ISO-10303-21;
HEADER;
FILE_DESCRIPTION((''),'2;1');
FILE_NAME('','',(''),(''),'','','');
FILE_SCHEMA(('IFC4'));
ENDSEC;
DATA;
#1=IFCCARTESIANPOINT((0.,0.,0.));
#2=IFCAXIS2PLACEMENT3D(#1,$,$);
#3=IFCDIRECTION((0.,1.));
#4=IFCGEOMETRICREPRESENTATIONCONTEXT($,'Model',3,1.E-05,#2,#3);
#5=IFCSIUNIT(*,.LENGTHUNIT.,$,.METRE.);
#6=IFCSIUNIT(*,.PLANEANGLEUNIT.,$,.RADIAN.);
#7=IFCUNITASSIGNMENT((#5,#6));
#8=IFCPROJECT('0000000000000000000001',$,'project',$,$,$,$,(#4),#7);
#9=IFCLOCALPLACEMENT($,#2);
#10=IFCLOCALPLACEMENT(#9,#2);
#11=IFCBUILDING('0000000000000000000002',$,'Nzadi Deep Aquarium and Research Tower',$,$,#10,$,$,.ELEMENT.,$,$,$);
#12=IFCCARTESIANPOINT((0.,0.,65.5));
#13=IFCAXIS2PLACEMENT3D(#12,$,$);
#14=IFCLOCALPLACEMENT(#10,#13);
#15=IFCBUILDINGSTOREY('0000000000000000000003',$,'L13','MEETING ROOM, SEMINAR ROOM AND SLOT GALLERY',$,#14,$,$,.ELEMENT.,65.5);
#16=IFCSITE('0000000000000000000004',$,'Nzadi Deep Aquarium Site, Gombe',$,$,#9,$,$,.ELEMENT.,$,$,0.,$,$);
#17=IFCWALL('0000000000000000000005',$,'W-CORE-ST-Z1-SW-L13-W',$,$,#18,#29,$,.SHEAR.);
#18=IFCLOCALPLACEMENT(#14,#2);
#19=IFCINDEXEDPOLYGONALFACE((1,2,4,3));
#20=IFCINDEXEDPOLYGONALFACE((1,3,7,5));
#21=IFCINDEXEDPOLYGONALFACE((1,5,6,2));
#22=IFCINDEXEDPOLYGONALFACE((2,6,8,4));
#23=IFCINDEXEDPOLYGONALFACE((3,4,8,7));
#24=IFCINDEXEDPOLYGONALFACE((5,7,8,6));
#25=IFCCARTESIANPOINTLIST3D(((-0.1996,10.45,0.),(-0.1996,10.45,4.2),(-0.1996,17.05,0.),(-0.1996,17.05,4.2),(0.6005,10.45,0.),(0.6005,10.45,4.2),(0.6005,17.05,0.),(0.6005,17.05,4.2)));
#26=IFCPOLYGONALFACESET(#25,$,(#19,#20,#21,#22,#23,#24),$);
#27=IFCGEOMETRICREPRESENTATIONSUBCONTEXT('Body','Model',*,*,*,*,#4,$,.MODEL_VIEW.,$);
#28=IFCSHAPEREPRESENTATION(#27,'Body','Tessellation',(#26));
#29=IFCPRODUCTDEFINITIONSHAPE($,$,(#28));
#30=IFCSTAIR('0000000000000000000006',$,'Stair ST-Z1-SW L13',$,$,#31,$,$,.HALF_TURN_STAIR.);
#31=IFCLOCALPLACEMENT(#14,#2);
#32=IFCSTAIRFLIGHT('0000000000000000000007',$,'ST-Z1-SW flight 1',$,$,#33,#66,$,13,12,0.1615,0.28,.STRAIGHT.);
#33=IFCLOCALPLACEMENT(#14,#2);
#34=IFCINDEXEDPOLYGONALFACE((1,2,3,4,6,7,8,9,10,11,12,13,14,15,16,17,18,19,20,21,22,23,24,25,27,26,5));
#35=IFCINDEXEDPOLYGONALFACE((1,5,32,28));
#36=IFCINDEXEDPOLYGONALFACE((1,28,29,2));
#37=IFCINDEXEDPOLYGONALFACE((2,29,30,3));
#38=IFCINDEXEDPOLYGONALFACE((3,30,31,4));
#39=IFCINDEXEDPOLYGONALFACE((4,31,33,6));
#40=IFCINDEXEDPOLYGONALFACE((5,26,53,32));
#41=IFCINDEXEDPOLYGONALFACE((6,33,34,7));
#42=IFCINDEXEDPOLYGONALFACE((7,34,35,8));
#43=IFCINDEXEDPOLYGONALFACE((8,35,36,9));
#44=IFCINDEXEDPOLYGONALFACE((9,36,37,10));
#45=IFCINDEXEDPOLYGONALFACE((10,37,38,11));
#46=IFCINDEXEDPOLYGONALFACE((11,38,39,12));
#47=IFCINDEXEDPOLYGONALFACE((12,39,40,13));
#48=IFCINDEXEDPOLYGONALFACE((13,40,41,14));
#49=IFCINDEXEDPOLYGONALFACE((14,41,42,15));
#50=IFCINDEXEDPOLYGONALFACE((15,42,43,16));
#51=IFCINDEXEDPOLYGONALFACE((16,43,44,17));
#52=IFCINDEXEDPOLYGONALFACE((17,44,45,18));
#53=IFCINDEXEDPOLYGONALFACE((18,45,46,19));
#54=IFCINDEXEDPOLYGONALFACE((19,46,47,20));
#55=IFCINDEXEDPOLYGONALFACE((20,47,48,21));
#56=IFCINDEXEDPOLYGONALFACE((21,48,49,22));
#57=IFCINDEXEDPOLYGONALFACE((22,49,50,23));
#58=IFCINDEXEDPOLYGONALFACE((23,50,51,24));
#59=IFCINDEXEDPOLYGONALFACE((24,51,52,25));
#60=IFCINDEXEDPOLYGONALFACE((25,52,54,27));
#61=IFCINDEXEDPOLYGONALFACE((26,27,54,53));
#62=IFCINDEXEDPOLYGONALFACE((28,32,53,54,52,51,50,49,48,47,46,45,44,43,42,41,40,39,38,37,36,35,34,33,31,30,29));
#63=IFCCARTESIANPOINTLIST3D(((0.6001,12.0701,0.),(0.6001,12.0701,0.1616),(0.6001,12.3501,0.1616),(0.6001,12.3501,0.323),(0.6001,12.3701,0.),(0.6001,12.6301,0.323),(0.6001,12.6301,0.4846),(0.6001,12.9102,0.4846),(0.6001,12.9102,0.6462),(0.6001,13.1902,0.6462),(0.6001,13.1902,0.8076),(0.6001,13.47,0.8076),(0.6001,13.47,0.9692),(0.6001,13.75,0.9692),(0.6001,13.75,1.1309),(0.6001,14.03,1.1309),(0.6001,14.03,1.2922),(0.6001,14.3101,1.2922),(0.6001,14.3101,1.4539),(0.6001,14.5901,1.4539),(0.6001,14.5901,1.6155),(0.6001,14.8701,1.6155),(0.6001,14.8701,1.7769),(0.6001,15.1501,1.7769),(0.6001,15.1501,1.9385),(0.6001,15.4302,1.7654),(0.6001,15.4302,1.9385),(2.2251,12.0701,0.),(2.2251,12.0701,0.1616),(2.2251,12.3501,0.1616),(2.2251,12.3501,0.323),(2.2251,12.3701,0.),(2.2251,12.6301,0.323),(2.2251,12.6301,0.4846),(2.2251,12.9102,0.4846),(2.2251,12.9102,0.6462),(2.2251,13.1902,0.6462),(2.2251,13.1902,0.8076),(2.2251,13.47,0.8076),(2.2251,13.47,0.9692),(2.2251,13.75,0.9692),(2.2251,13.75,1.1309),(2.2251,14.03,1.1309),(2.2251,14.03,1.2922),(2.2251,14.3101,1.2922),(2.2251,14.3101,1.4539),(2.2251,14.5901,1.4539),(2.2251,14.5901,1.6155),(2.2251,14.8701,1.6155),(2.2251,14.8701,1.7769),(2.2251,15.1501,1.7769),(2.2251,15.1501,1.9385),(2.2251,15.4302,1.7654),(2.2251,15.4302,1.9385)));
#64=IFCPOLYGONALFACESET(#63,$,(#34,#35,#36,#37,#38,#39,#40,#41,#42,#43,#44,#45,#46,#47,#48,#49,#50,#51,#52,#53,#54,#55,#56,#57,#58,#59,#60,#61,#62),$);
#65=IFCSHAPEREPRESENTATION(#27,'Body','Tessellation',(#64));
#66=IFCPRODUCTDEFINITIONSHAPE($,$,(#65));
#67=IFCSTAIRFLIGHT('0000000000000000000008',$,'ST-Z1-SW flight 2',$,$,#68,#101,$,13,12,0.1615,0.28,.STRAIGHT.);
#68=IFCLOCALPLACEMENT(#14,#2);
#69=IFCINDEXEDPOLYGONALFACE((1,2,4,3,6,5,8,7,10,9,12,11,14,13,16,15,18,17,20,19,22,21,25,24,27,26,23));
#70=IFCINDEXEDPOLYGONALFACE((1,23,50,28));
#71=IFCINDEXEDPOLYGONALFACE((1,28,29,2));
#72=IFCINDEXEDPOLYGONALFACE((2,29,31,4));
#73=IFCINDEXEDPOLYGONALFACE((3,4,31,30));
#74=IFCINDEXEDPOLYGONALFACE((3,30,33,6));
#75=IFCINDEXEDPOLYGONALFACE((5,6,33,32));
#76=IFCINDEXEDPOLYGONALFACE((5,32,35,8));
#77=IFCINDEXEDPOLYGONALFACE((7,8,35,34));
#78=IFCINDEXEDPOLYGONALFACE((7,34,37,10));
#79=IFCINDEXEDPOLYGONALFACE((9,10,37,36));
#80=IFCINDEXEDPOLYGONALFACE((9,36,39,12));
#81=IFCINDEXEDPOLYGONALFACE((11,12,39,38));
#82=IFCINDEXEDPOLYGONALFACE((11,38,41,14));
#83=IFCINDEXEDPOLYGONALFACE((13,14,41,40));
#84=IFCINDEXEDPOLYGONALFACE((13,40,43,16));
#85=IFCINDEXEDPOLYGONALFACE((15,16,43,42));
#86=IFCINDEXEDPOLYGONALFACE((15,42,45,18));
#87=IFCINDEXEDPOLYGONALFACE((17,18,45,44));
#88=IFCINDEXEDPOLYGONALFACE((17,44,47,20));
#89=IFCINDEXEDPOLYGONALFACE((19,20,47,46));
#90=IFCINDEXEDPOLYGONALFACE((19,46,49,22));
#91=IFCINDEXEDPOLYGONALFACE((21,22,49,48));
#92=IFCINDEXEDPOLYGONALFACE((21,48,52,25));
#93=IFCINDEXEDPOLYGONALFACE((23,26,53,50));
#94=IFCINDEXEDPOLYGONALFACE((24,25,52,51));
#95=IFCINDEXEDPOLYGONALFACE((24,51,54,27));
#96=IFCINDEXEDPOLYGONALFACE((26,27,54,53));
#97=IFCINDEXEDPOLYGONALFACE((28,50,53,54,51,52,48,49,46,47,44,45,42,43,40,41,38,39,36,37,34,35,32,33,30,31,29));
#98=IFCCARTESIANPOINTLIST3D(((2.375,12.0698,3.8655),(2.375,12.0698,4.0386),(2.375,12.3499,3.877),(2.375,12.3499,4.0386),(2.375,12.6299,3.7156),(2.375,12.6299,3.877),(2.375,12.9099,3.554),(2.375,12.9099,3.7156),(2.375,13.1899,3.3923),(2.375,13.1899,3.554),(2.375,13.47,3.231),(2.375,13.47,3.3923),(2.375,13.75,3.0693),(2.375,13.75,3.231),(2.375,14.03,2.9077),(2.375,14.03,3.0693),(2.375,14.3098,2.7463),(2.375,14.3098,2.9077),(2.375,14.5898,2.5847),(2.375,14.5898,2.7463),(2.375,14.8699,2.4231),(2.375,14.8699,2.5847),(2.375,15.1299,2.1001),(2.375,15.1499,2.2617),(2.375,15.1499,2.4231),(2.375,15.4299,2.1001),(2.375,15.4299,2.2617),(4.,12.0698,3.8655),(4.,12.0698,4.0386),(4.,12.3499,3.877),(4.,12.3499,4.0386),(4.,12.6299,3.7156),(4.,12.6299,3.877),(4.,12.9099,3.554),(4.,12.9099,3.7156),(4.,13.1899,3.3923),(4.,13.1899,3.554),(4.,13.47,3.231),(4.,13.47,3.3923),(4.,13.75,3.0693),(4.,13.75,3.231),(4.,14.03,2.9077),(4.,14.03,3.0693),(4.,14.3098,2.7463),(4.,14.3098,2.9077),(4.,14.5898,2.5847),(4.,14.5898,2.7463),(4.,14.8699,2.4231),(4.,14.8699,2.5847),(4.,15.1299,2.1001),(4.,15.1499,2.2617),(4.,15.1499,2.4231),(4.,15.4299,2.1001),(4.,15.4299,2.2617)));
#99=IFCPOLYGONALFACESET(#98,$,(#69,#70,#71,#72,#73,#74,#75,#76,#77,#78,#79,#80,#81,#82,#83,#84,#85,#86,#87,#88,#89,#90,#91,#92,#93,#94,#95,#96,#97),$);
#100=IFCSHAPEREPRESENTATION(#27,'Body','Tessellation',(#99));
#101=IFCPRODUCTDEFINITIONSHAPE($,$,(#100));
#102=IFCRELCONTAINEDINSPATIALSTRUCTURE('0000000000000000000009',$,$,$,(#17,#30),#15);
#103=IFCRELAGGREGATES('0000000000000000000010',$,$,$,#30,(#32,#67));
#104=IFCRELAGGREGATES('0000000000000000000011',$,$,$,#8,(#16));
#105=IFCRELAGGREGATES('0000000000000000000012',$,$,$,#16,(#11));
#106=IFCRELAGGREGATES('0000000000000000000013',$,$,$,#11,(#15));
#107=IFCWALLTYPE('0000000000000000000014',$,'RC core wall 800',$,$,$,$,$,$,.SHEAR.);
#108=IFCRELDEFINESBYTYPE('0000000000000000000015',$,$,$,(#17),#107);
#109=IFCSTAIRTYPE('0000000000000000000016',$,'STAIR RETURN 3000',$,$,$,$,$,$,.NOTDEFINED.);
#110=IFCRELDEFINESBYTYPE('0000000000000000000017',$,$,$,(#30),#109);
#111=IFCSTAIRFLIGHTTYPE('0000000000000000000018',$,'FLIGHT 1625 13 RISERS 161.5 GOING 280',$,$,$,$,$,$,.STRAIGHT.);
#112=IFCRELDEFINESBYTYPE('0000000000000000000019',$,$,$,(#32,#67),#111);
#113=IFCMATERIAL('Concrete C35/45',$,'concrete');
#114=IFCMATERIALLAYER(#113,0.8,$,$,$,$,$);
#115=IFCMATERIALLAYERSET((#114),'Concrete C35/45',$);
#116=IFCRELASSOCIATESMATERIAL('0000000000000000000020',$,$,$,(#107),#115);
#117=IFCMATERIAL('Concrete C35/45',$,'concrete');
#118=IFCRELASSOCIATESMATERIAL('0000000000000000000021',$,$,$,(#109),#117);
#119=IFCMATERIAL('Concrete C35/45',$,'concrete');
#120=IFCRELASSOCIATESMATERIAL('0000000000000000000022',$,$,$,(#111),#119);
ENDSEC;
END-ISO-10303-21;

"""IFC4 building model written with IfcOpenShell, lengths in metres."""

from ifc_helpers import new_model, si_unit, direction, frame, frame_2d, origin, place, context, subcontext, project, spatial, polyline, rectangle, outline, extrude, material, layer, layer_set, type_object, element, aggregate, save


model = new_model("IFC4")

# Units and contexts
model_context = context("Model", 3, precision=1e-05, world=origin(), true_north=direction((0.0, 1.0)))
body_context = subcontext(model_context, "Body", "Model", "MODEL_VIEW")
ifc_project = project(units=[si_unit("LENGTHUNIT", "METRE"), si_unit("PLANEANGLEUNIT", "RADIAN")], contexts=[model_context])

# Site, building, storey
site_placement = place(None, origin())
site = spatial("IfcSite", under=ifc_project, at=site_placement, Name="Nzadi Deep Aquarium Site, Gombe", CompositionType="ELEMENT", RefElevation=0.0)
building_placement = place(site_placement, origin())
building = spatial("IfcBuilding", under=site, at=building_placement, Name="Nzadi Deep Aquarium and Research Tower", CompositionType="ELEMENT")
storey_placement = place(building_placement, frame((0.0, 0.0, 65.5)))
storey = spatial("IfcBuildingStorey", under=building, at=storey_placement, Name="L13", Description="MEETING ROOM, SEMINAR ROOM AND SLOT GALLERY", CompositionType="ELEMENT", Elevation=65.5)

# Wall
ifc_material_1 = material(Name="Concrete C35/45", Category="concrete")
ifc_layer_1 = layer(ifc_material_1, 0.8)
ifc_layer_set_1 = layer_set([ifc_layer_1], Name="Concrete C35/45")
wall_type_1 = type_object("IfcWallType", Name="RC core wall 800", PredefinedType="SHEAR", material=ifc_layer_set_1)
wall_1_placement = place(storey_placement, frame((0.2004, 10.45, 0.0), z_axis=(0.0, 0.0, 1.0), x_axis=(0.0, 1.0, 0.0)))
element("IfcWall", 1, at=wall_1_placement, inside=storey, type_object=wall_type_1, Name="W-CORE-ST-Z1-SW-L13-W", PredefinedType="SHEAR", context=body_context, shape_type="SweptSolid", body=[
    extrude(rectangle(XDim=6.6001, YDim=0.8, at=frame_2d((3.3, 0.0))), origin(), (0.0, 0.0, 1.0), 4.2),
])

# Stair, stair flights
ifc_material_2 = material(Name="Concrete C35/45", Category="concrete")
stair_type = type_object("IfcStairType", Name="STAIR RETURN 3000", PredefinedType="NOTDEFINED", material=ifc_material_2)
stair_placement = place(storey_placement, origin())
stair = element("IfcStair", 2, at=stair_placement, inside=storey, type_object=stair_type, Name="Stair ST-Z1-SW L13", PredefinedType="HALF_TURN_STAIR")
ifc_material_3 = material(Name="Concrete C35/45", Category="concrete")
stair_flight_type = type_object("IfcStairFlightType", Name="FLIGHT 1625 13 RISERS 161.5 GOING 280", PredefinedType="STRAIGHT", material=ifc_material_3)
stair_flight_1_placement = place(storey_placement, frame((1.4126, 12.0701, 0.0), z_axis=(0.0, 0.0, 1.0), x_axis=(0.0, 1.0, 0.0)))
stair_flight_1 = element("IfcStairFlight", 3, at=stair_flight_1_placement, type_object=stair_flight_type, Name="ST-Z1-SW flight 1", NumberOfRisers=13, NumberOfTreads=12, PredefinedType="STRAIGHT", RiserHeight=0.1615, TreadLength=0.28, context=body_context, shape_type="SweptSolid", body=[
    extrude(outline(polyline([(0.0, 0.0), (0.0, 0.1616), (0.28, 0.1616), (0.28, 0.323), (0.5601, 0.323), (0.5601, 0.4846), (0.8401, 0.4846), (0.8401, 0.6462), (1.1201, 0.6462), (1.1201, 0.8076), (1.3999, 0.8076), (1.3999, 0.9692), (1.6799, 0.9692), (1.6799, 1.1309), (1.96, 1.1309), (1.96, 1.2922), (2.24, 1.2922), (2.24, 1.4539), (2.52, 1.4539), (2.52, 1.6155), (2.8, 1.6155), (2.8, 1.7769), (3.0801, 1.7769), (3.0801, 1.9385), (3.3601, 1.9385), (3.3601, 2.1001), (3.3601, 1.7654), (0.3, 0.0), (0.0, 0.0)])), frame((0.0, 0.8125, 0.0), z_axis=(0.0, -1.0, 0.0), x_axis=(1.0, 0.0, 0.0)), (0.0, 0.0, 1.0), 1.625),
])
stair_flight_2_placement = place(storey_placement, frame((3.1875, 15.4299, 2.1001), z_axis=(0.0, 0.0, 1.0), x_axis=(0.0, -1.0, 0.0)))
stair_flight_2 = element("IfcStairFlight", 4, at=stair_flight_2_placement, type_object=stair_flight_type, Name="ST-Z1-SW flight 2", NumberOfRisers=13, NumberOfTreads=12, PredefinedType="STRAIGHT", RiserHeight=0.1615, TreadLength=0.28, context=body_context, shape_type="SweptSolid", body=[
    extrude(outline(polyline([(0.0, 0.0), (0.0, 0.1616), (0.28, 0.1616), (0.28, 0.323), (0.5601, 0.323), (0.5601, 0.4846), (0.8401, 0.4846), (0.8401, 0.6462), (1.1201, 0.6462), (1.1201, 0.8076), (1.3999, 0.8076), (1.3999, 0.9692), (1.6799, 0.9692), (1.6799, 1.1309), (1.96, 1.1309), (1.96, 1.2922), (2.24, 1.2922), (2.24, 1.4539), (2.52, 1.4539), (2.52, 1.6155), (2.8, 1.6155), (2.8, 1.7769), (3.0801, 1.7769), (3.0801, 1.9385), (3.3601, 1.9385), (3.3601, 2.1001), (3.3601, 1.7654), (0.3, 0.0), (0.0, 0.0)])), frame((0.0, 0.8125, 0.0), z_axis=(0.0, -1.0, 0.0), x_axis=(1.0, 0.0, 0.0)), (0.0, 0.0, 1.0), 1.625),
])
aggregate(stair, [stair_flight_1, stair_flight_2])

save(model, "model.ifc")
